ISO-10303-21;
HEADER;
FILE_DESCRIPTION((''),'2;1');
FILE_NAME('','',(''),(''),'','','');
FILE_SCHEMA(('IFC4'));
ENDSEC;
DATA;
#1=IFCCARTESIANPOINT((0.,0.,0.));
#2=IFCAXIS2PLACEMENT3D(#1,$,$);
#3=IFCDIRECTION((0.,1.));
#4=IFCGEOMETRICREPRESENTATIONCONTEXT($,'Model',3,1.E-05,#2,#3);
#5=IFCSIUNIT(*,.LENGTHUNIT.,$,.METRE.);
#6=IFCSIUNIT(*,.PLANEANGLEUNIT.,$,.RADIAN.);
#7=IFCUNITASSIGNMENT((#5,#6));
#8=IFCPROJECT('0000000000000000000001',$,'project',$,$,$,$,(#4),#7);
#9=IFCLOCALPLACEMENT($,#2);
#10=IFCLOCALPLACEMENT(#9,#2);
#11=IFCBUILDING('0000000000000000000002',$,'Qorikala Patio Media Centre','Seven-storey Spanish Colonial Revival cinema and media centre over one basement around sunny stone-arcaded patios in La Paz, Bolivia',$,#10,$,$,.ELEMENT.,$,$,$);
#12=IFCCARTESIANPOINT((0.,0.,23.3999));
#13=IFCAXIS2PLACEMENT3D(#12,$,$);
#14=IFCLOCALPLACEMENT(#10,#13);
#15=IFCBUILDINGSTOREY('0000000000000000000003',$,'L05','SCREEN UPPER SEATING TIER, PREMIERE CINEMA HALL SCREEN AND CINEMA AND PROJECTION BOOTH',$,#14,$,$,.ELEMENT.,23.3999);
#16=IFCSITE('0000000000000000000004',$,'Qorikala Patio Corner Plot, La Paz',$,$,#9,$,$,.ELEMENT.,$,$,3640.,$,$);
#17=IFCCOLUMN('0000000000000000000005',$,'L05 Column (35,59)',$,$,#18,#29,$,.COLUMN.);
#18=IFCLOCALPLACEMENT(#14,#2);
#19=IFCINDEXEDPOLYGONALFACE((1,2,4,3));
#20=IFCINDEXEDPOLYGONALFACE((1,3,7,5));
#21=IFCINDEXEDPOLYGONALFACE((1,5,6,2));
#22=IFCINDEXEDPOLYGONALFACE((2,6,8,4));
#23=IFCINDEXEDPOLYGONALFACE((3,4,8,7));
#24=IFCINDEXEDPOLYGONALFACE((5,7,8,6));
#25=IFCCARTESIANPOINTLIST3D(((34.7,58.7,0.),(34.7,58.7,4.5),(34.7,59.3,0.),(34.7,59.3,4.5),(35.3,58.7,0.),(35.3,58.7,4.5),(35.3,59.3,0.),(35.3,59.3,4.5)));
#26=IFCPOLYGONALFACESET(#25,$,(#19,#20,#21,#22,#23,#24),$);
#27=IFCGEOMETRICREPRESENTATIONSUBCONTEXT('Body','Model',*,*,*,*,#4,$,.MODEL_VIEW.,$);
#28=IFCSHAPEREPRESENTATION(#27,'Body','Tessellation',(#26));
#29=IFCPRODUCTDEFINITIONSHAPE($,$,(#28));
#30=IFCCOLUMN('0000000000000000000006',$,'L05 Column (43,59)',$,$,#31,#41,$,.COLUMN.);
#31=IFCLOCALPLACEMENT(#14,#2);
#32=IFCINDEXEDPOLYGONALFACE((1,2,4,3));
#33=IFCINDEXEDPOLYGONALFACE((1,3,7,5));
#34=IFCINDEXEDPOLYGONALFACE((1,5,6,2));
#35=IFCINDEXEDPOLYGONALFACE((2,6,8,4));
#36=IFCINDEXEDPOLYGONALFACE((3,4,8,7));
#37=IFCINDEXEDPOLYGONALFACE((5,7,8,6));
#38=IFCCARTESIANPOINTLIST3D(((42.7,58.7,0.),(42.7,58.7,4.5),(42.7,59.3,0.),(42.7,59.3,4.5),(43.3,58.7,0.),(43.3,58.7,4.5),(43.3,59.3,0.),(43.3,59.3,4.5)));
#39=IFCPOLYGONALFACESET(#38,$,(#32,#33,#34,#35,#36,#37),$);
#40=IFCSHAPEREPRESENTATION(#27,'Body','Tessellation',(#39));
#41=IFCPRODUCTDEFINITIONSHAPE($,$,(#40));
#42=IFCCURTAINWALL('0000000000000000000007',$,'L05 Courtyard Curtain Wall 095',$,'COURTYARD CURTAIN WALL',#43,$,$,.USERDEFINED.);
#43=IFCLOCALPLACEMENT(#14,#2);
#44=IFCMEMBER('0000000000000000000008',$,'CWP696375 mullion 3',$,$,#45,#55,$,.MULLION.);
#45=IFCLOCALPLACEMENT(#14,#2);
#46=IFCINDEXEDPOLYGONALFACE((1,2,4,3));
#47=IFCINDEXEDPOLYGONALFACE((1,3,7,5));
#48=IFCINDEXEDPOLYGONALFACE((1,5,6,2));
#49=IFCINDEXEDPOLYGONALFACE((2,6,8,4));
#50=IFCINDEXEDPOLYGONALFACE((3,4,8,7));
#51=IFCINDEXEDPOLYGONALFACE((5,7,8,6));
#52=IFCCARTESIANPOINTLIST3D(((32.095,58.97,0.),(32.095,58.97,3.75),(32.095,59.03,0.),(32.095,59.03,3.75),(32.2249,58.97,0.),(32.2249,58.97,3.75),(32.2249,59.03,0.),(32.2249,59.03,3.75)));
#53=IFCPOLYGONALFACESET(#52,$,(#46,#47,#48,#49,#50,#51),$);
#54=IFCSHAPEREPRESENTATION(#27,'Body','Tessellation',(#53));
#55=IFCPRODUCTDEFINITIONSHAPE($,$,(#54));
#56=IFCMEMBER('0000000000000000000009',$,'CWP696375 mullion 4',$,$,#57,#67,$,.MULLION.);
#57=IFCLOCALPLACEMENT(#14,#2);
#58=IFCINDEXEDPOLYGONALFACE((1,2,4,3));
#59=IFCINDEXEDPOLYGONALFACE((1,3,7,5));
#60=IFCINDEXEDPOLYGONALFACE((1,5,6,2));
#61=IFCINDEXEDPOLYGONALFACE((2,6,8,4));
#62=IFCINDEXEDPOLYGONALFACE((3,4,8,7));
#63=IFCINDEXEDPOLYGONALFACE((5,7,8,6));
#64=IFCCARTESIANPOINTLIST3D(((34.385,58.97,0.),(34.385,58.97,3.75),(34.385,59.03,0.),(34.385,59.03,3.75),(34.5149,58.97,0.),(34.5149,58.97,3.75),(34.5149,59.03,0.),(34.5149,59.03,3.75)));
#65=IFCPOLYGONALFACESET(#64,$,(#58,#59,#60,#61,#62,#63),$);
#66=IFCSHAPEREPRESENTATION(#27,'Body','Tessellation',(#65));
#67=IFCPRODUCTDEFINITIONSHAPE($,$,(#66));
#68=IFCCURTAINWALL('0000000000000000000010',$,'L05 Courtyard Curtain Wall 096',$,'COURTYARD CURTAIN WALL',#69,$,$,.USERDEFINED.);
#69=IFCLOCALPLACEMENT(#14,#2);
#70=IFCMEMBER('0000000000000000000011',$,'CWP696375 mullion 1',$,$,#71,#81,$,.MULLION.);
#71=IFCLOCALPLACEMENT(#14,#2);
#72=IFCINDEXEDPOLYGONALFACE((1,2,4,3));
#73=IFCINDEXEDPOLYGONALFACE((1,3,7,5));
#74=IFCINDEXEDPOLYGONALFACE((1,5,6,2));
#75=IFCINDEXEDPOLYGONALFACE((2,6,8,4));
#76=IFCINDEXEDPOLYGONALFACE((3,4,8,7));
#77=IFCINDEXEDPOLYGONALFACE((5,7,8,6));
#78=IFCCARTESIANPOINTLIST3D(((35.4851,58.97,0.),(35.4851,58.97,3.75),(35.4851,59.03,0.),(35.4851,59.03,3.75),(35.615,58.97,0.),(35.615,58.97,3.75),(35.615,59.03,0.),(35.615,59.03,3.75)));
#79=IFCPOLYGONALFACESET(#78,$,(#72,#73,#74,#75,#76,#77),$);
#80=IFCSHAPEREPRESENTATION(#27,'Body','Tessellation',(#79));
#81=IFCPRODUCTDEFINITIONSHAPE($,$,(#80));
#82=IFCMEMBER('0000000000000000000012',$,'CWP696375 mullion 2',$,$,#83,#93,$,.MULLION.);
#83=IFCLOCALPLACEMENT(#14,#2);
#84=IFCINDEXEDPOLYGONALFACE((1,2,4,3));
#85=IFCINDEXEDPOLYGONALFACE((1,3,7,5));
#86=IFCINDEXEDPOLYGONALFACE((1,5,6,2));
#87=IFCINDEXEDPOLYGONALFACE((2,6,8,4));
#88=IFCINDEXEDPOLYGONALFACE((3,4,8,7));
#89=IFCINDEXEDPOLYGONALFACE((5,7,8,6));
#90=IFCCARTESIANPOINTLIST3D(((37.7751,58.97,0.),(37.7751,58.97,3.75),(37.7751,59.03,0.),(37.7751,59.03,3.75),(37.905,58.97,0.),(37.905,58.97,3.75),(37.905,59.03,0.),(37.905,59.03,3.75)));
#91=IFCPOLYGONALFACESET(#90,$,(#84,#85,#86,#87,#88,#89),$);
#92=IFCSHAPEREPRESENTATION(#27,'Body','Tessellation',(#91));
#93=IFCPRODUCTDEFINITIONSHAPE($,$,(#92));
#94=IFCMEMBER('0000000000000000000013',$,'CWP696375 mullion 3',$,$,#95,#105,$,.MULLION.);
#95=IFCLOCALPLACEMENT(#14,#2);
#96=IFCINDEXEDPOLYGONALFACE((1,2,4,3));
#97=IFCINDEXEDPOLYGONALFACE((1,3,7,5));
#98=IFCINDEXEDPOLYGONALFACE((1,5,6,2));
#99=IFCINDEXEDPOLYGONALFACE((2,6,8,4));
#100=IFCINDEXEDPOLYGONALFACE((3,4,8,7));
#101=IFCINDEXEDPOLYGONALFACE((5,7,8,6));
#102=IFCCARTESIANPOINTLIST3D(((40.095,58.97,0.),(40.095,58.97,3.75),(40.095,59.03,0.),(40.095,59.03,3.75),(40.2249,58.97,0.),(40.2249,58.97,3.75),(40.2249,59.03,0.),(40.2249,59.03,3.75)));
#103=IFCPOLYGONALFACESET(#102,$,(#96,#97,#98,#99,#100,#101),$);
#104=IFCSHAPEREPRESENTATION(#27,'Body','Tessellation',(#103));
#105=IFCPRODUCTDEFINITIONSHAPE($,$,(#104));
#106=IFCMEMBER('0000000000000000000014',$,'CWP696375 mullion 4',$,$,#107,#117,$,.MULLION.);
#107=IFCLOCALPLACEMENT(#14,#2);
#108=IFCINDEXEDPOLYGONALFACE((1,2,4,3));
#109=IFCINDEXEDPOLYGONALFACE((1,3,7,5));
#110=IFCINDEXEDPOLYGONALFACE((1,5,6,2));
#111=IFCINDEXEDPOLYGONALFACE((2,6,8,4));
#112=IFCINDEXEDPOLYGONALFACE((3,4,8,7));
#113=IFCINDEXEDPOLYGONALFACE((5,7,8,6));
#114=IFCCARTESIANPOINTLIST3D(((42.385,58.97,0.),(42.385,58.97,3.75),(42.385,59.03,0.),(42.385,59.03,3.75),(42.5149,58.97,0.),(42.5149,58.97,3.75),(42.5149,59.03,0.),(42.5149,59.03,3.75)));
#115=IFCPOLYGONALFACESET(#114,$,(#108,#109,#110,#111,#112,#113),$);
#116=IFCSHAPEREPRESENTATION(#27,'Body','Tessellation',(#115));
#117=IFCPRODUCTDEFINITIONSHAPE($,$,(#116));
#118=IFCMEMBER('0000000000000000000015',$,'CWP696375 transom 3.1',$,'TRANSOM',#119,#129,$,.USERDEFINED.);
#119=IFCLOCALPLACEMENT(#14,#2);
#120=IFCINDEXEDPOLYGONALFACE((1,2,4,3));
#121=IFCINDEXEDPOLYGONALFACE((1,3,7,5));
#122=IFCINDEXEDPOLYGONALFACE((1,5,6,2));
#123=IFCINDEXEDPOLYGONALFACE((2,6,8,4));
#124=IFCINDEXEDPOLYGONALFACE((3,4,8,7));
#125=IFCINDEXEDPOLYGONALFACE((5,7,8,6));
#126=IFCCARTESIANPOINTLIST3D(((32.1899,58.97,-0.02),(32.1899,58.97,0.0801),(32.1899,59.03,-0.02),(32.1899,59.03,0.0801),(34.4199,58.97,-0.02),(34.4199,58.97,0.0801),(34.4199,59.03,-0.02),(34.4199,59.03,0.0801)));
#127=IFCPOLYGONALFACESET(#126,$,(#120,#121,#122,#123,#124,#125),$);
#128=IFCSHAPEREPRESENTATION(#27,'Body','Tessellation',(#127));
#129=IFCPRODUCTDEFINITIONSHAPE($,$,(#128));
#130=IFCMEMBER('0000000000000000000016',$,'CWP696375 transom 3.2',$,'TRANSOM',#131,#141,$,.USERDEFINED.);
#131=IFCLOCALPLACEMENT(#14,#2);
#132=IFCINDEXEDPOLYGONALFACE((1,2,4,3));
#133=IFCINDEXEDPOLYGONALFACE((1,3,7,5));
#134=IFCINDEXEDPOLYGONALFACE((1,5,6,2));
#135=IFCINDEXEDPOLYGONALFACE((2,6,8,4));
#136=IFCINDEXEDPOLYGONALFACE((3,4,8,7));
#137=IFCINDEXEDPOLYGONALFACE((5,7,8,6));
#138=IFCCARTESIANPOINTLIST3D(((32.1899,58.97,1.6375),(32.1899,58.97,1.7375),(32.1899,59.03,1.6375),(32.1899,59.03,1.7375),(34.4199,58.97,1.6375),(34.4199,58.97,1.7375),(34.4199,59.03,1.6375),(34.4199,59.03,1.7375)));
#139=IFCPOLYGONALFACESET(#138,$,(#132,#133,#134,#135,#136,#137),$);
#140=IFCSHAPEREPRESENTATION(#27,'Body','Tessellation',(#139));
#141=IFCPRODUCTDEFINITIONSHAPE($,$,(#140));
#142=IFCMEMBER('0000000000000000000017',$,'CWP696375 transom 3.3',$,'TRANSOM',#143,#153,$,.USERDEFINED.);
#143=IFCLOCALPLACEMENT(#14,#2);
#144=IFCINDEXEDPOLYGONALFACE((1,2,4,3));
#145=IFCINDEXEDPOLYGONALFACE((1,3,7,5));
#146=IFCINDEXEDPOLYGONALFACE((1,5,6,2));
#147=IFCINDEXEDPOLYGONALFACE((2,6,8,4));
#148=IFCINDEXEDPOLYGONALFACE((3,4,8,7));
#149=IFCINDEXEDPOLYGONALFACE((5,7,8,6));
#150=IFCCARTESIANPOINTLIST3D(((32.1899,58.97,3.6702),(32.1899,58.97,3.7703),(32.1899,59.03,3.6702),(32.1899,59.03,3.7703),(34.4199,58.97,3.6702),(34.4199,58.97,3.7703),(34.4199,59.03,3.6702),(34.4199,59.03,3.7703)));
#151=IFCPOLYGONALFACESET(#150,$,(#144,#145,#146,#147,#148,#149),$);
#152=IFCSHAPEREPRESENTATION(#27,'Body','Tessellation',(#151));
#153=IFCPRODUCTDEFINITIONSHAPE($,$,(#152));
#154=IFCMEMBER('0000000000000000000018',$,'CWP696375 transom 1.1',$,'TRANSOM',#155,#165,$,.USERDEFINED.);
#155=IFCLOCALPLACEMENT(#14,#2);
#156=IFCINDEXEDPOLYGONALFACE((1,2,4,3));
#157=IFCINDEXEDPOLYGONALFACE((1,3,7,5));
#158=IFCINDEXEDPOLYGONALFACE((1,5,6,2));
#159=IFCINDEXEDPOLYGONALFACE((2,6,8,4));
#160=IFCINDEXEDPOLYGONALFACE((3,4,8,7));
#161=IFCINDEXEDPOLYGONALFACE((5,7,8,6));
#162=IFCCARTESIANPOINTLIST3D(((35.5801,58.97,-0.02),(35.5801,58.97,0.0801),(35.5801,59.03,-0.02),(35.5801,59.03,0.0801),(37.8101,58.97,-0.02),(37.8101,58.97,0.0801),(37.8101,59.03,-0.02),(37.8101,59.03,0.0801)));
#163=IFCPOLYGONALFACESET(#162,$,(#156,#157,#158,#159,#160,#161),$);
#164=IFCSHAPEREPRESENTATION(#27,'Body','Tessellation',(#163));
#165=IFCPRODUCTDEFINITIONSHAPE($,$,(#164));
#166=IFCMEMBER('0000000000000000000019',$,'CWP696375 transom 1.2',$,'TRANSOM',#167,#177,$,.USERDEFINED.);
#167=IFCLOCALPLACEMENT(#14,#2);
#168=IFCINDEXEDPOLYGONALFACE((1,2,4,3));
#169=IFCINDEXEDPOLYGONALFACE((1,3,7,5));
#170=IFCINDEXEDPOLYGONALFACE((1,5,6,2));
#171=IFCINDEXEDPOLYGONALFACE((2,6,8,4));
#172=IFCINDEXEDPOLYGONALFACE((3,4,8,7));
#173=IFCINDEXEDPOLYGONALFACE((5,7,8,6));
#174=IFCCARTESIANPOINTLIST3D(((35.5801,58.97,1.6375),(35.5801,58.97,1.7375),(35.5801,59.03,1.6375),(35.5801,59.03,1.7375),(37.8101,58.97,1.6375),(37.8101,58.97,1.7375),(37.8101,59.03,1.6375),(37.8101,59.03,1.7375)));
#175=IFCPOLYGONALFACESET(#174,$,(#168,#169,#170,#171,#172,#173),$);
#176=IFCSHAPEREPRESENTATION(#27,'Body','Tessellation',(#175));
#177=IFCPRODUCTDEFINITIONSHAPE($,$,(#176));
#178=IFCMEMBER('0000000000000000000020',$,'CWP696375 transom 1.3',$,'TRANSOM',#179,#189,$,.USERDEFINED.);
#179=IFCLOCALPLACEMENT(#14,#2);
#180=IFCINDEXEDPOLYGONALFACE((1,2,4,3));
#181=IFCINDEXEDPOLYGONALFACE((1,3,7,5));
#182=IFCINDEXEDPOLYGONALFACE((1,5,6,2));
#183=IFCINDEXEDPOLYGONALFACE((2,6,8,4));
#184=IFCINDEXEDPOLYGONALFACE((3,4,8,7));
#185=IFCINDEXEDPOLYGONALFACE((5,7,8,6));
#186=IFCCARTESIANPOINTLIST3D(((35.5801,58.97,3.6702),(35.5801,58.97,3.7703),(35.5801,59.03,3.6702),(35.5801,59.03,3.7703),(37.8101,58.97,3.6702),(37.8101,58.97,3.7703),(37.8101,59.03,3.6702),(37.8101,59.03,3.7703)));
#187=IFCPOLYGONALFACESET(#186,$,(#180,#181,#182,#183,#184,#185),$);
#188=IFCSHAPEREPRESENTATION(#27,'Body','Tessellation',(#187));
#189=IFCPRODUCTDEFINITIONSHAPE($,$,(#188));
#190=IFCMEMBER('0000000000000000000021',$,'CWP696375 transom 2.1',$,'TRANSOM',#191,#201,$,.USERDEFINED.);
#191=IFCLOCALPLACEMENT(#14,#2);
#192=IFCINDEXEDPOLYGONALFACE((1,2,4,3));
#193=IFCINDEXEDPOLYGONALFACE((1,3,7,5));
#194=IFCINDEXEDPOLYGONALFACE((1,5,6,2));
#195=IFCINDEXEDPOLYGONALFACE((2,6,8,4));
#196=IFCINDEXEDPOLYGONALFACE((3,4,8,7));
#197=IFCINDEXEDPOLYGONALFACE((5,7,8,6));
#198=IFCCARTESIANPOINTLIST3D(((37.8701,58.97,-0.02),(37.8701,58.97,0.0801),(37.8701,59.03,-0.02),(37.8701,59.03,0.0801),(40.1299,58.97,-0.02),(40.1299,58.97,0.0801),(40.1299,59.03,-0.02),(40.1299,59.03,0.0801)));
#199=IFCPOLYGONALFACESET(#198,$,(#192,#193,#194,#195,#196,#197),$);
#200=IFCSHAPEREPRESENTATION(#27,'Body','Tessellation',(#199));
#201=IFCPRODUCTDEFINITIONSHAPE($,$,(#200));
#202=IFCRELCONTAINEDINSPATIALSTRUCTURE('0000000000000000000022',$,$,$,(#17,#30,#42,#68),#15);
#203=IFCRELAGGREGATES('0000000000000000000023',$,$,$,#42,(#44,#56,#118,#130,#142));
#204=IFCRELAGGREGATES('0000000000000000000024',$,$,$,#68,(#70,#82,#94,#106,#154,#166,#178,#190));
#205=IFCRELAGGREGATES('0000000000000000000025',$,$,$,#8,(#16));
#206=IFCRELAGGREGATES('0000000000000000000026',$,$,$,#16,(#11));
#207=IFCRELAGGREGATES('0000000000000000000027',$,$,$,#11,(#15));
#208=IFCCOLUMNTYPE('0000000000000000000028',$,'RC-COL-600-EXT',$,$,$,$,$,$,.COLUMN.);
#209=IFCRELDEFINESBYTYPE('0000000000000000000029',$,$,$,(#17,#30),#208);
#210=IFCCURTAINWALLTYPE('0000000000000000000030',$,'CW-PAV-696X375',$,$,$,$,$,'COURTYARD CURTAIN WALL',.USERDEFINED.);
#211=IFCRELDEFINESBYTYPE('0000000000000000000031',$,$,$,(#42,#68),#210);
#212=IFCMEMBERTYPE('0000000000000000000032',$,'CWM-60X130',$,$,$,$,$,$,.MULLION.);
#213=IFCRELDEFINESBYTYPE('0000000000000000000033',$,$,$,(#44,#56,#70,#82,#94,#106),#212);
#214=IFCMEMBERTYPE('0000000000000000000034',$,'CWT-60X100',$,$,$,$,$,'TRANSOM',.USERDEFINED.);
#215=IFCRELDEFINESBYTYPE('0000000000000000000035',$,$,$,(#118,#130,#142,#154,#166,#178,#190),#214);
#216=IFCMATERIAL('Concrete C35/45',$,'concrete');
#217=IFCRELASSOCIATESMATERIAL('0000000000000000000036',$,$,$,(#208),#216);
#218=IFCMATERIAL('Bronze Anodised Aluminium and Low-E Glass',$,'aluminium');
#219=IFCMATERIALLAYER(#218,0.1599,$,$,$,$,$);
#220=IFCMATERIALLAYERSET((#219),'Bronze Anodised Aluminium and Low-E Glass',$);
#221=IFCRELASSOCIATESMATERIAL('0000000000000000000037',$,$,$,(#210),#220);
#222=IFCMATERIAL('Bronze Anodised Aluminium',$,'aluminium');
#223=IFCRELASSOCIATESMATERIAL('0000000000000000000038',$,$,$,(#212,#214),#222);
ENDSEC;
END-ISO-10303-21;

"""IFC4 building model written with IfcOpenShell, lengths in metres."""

from ifc_helpers import new_model, si_unit, direction, frame, origin, origin_2d, place, context, subcontext, project, spatial, rectangle, extrude, material, layer, layer_set, material_profile, profile_set, type_object, element, aggregate, save


model = new_model("IFC4")

# Units and contexts
model_context = context("Model", 3, precision=1e-05, world=origin(), true_north=direction((0.0, 1.0)))
body_context = subcontext(model_context, "Body", "Model", "MODEL_VIEW")
ifc_project = project(units=[si_unit("LENGTHUNIT", "METRE"), si_unit("PLANEANGLEUNIT", "RADIAN")], contexts=[model_context])

# Site, building, storey
site_placement = place(None, origin())
site = spatial("IfcSite", under=ifc_project, at=site_placement, Name="Qorikala Patio Corner Plot, La Paz", CompositionType="ELEMENT", RefElevation=3640.0)
building_placement = place(site_placement, origin())
building = spatial("IfcBuilding", under=site, at=building_placement, Name="Qorikala Patio Media Centre", Description="Seven-storey Spanish Colonial Revival cinema and media centre over one basement around sunny stone-arcaded patios in La Paz, Bolivia", CompositionType="ELEMENT")
storey_placement = place(building_placement, frame((0.0, 0.0, 23.3999)))
storey = spatial("IfcBuildingStorey", under=building, at=storey_placement, Name="L05", Description="SCREEN UPPER SEATING TIER, PREMIERE CINEMA HALL SCREEN AND CINEMA AND PROJECTION BOOTH", CompositionType="ELEMENT", Elevation=23.3999)

# Columns
ifc_material_1 = material(Name="Concrete C35/45", Category="concrete")
ifc_material_profile_1 = material_profile(ifc_material_1, rectangle(XDim=0.6001, YDim=0.6001, at=origin_2d()), Name="RC 600x600")
ifc_profile_set_1 = profile_set([ifc_material_profile_1], Name="Concrete C35/45")
column_type = type_object("IfcColumnType", Name="RC-COL-600-EXT", PredefinedType="COLUMN", material=ifc_profile_set_1)
for number, where, z_axis, x_axis, name in (
    (1, (35.0, 59.0, 0.0), (0.0, 0.0, 1.0), (1.0, 0.0, 0.0), "L05 Column (35,59)"),
    (2, (43.0, 59.0, 0.0), (0.0, 0.0, 1.0), (1.0, 0.0, 0.0), "L05 Column (43,59)"),
):
    element("IfcColumn", number, at=place(storey_placement, frame(where, z_axis=z_axis, x_axis=x_axis)), inside=storey, type_object=column_type, Name=name, PredefinedType="COLUMN", context=body_context, shape_type="SweptSolid", body=[
        extrude(rectangle(XDim=0.6001, YDim=0.6001, at=origin_2d()), origin(), (0.0, 0.0, 1.0), 4.5),
    ])

# Curtain walls, members
ifc_material_2 = material(Name="Bronze Anodised Aluminium and Low-E Glass", Category="aluminium")
ifc_layer_1 = layer(ifc_material_2, 0.1599)
ifc_layer_set_1 = layer_set([ifc_layer_1], Name="Bronze Anodised Aluminium and Low-E Glass")
curtain_wall_type = type_object("IfcCurtainWallType", Name="CW-PAV-696X375", ElementType="COURTYARD CURTAIN WALL", PredefinedType="USERDEFINED", material=ifc_layer_set_1)
curtain_wall_1_placement = place(storey_placement, origin())
curtain_wall_1 = element("IfcCurtainWall", 3, at=curtain_wall_1_placement, inside=storey, type_object=curtain_wall_type, Name="L05 Courtyard Curtain Wall 095", ObjectType="COURTYARD CURTAIN WALL", PredefinedType="USERDEFINED")
ifc_material_3 = material(Name="Bronze Anodised Aluminium", Category="aluminium")
ifc_material_profile_2 = material_profile(ifc_material_3, rectangle(XDim=0.0601, YDim=0.1299, at=origin_2d()), Name="ALU MULLION 60x130")
ifc_profile_set_2 = profile_set([ifc_material_profile_2], Name="Bronze Anodised Aluminium")
member_type_1 = type_object("IfcMemberType", Name="CWM-60X130", PredefinedType="MULLION", material=ifc_profile_set_2)
member_1_placement = place(storey_placement, frame((32.1599, 59.0, 0.0), z_axis=(0.0, 0.0, 1.0), x_axis=(0.0, 1.0, 0.0)))
member_1 = element("IfcMember", 4, at=member_1_placement, type_object=member_type_1, Name="CWP696375 mullion 3", PredefinedType="MULLION", context=body_context, shape_type="SweptSolid", body=[
    extrude(rectangle(XDim=0.0601, YDim=0.1299, at=origin_2d()), origin(), (0.0, 0.0, 1.0), 3.75),
])
member_2_placement = place(storey_placement, frame((34.45, 59.0, 0.0), z_axis=(0.0, 0.0, 1.0), x_axis=(0.0, 1.0, 0.0)))
member_2 = element("IfcMember", 5, at=member_2_placement, type_object=member_type_1, Name="CWP696375 mullion 4", PredefinedType="MULLION", context=body_context, shape_type="SweptSolid", body=[
    extrude(rectangle(XDim=0.0601, YDim=0.1299, at=origin_2d()), origin(), (0.0, 0.0, 1.0), 3.75),
])
curtain_wall_2_placement = place(storey_placement, origin())
curtain_wall_2 = element("IfcCurtainWall", 6, at=curtain_wall_2_placement, inside=storey, type_object=curtain_wall_type, Name="L05 Courtyard Curtain Wall 096", ObjectType="COURTYARD CURTAIN WALL", PredefinedType="USERDEFINED")
member_3_placement = place(storey_placement, frame((35.55, 59.0, 0.0), z_axis=(0.0, 0.0, 1.0), x_axis=(0.0, 1.0, 0.0)))
member_3 = element("IfcMember", 7, at=member_3_placement, type_object=member_type_1, Name="CWP696375 mullion 1", PredefinedType="MULLION", context=body_context, shape_type="SweptSolid", body=[
    extrude(rectangle(XDim=0.0601, YDim=0.1299, at=origin_2d()), origin(), (0.0, 0.0, 1.0), 3.75),
])
member_4_placement = place(storey_placement, frame((37.8401, 59.0, 0.0), z_axis=(0.0, 0.0, 1.0), x_axis=(0.0, 1.0, 0.0)))
member_4 = element("IfcMember", 8, at=member_4_placement, type_object=member_type_1, Name="CWP696375 mullion 2", PredefinedType="MULLION", context=body_context, shape_type="SweptSolid", body=[
    extrude(rectangle(XDim=0.0601, YDim=0.1299, at=origin_2d()), origin(), (0.0, 0.0, 1.0), 3.75),
])
member_5_placement = place(storey_placement, frame((40.1599, 59.0, 0.0), z_axis=(0.0, 0.0, 1.0), x_axis=(0.0, 1.0, 0.0)))
member_5 = element("IfcMember", 9, at=member_5_placement, type_object=member_type_1, Name="CWP696375 mullion 3", PredefinedType="MULLION", context=body_context, shape_type="SweptSolid", body=[
    extrude(rectangle(XDim=0.0601, YDim=0.1299, at=origin_2d()), origin(), (0.0, 0.0, 1.0), 3.75),
])
member_6_placement = place(storey_placement, frame((42.45, 59.0, 0.0), z_axis=(0.0, 0.0, 1.0), x_axis=(0.0, 1.0, 0.0)))
member_6 = element("IfcMember", 10, at=member_6_placement, type_object=member_type_1, Name="CWP696375 mullion 4", PredefinedType="MULLION", context=body_context, shape_type="SweptSolid", body=[
    extrude(rectangle(XDim=0.0601, YDim=0.1299, at=origin_2d()), origin(), (0.0, 0.0, 1.0), 3.75),
])

# Members
ifc_material_profile_3 = material_profile(ifc_material_3, rectangle(XDim=0.0601, YDim=0.1001, at=origin_2d()), Name="ALU TRANSOM 60x100")
ifc_profile_set_3 = profile_set([ifc_material_profile_3], Name="Bronze Anodised Aluminium")
member_type_2 = type_object("IfcMemberType", Name="CWT-60X100", ElementType="TRANSOM", PredefinedType="USERDEFINED", material=ifc_profile_set_3)
member_7_placement = place(storey_placement, frame((32.1899, 59.0, 0.03), z_axis=(1.0, 0.0, 0.0), x_axis=(0.0, 1.0, 0.0)))
member_7 = element("IfcMember", 11, at=member_7_placement, type_object=member_type_2, Name="CWP696375 transom 3.1", ObjectType="TRANSOM", PredefinedType="USERDEFINED", context=body_context, shape_type="SweptSolid", body=[
    extrude(rectangle(XDim=0.0601, YDim=0.1001, at=origin_2d()), origin(), (0.0, 0.0, 1.0), 2.23),
])
member_8_placement = place(storey_placement, frame((32.1899, 59.0, 1.6875), z_axis=(1.0, 0.0, 0.0), x_axis=(0.0, 1.0, 0.0)))
member_8 = element("IfcMember", 12, at=member_8_placement, type_object=member_type_2, Name="CWP696375 transom 3.2", ObjectType="TRANSOM", PredefinedType="USERDEFINED", context=body_context, shape_type="SweptSolid", body=[
    extrude(rectangle(XDim=0.0601, YDim=0.1001, at=origin_2d()), origin(), (0.0, 0.0, 1.0), 2.23),
])
member_9_placement = place(storey_placement, frame((32.1899, 59.0, 3.7202), z_axis=(1.0, 0.0, 0.0), x_axis=(0.0, 1.0, 0.0)))
member_9 = element("IfcMember", 13, at=member_9_placement, type_object=member_type_2, Name="CWP696375 transom 3.3", ObjectType="TRANSOM", PredefinedType="USERDEFINED", context=body_context, shape_type="SweptSolid", body=[
    extrude(rectangle(XDim=0.0601, YDim=0.1001, at=origin_2d()), origin(), (0.0, 0.0, 1.0), 2.23),
])
member_10_placement = place(storey_placement, frame((35.5801, 59.0, 0.03), z_axis=(1.0, 0.0, 0.0), x_axis=(0.0, 1.0, 0.0)))
member_10 = element("IfcMember", 14, at=member_10_placement, type_object=member_type_2, Name="CWP696375 transom 1.1", ObjectType="TRANSOM", PredefinedType="USERDEFINED", context=body_context, shape_type="SweptSolid", body=[
    extrude(rectangle(XDim=0.0601, YDim=0.1001, at=origin_2d()), origin(), (0.0, 0.0, 1.0), 2.23),
])
member_11_placement = place(storey_placement, frame((35.5801, 59.0, 1.6875), z_axis=(1.0, 0.0, 0.0), x_axis=(0.0, 1.0, 0.0)))
member_11 = element("IfcMember", 15, at=member_11_placement, type_object=member_type_2, Name="CWP696375 transom 1.2", ObjectType="TRANSOM", PredefinedType="USERDEFINED", context=body_context, shape_type="SweptSolid", body=[
    extrude(rectangle(XDim=0.0601, YDim=0.1001, at=origin_2d()), origin(), (0.0, 0.0, 1.0), 2.23),
])
member_12_placement = place(storey_placement, frame((35.5801, 59.0, 3.7202), z_axis=(1.0, 0.0, 0.0), x_axis=(0.0, 1.0, 0.0)))
member_12 = element("IfcMember", 16, at=member_12_placement, type_object=member_type_2, Name="CWP696375 transom 1.3", ObjectType="TRANSOM", PredefinedType="USERDEFINED", context=body_context, shape_type="SweptSolid", body=[
    extrude(rectangle(XDim=0.0601, YDim=0.1001, at=origin_2d()), origin(), (0.0, 0.0, 1.0), 2.23),
])
member_13_placement = place(storey_placement, frame((37.8701, 59.0, 0.03), z_axis=(1.0, 0.0, 0.0), x_axis=(0.0, 1.0, 0.0)))
member_13 = element("IfcMember", 17, at=member_13_placement, type_object=member_type_2, Name="CWP696375 transom 2.1", ObjectType="TRANSOM", PredefinedType="USERDEFINED", context=body_context, shape_type="SweptSolid", body=[
    extrude(rectangle(XDim=0.0601, YDim=0.1001, at=origin_2d()), origin(), (0.0, 0.0, 1.0), 2.2598),
])

aggregate(curtain_wall_1, [member_1, member_2, member_7, member_8, member_9])
aggregate(curtain_wall_2, [member_3, member_4, member_5, member_6, member_10, member_11, member_12, member_13])

save(model, "model.ifc")
